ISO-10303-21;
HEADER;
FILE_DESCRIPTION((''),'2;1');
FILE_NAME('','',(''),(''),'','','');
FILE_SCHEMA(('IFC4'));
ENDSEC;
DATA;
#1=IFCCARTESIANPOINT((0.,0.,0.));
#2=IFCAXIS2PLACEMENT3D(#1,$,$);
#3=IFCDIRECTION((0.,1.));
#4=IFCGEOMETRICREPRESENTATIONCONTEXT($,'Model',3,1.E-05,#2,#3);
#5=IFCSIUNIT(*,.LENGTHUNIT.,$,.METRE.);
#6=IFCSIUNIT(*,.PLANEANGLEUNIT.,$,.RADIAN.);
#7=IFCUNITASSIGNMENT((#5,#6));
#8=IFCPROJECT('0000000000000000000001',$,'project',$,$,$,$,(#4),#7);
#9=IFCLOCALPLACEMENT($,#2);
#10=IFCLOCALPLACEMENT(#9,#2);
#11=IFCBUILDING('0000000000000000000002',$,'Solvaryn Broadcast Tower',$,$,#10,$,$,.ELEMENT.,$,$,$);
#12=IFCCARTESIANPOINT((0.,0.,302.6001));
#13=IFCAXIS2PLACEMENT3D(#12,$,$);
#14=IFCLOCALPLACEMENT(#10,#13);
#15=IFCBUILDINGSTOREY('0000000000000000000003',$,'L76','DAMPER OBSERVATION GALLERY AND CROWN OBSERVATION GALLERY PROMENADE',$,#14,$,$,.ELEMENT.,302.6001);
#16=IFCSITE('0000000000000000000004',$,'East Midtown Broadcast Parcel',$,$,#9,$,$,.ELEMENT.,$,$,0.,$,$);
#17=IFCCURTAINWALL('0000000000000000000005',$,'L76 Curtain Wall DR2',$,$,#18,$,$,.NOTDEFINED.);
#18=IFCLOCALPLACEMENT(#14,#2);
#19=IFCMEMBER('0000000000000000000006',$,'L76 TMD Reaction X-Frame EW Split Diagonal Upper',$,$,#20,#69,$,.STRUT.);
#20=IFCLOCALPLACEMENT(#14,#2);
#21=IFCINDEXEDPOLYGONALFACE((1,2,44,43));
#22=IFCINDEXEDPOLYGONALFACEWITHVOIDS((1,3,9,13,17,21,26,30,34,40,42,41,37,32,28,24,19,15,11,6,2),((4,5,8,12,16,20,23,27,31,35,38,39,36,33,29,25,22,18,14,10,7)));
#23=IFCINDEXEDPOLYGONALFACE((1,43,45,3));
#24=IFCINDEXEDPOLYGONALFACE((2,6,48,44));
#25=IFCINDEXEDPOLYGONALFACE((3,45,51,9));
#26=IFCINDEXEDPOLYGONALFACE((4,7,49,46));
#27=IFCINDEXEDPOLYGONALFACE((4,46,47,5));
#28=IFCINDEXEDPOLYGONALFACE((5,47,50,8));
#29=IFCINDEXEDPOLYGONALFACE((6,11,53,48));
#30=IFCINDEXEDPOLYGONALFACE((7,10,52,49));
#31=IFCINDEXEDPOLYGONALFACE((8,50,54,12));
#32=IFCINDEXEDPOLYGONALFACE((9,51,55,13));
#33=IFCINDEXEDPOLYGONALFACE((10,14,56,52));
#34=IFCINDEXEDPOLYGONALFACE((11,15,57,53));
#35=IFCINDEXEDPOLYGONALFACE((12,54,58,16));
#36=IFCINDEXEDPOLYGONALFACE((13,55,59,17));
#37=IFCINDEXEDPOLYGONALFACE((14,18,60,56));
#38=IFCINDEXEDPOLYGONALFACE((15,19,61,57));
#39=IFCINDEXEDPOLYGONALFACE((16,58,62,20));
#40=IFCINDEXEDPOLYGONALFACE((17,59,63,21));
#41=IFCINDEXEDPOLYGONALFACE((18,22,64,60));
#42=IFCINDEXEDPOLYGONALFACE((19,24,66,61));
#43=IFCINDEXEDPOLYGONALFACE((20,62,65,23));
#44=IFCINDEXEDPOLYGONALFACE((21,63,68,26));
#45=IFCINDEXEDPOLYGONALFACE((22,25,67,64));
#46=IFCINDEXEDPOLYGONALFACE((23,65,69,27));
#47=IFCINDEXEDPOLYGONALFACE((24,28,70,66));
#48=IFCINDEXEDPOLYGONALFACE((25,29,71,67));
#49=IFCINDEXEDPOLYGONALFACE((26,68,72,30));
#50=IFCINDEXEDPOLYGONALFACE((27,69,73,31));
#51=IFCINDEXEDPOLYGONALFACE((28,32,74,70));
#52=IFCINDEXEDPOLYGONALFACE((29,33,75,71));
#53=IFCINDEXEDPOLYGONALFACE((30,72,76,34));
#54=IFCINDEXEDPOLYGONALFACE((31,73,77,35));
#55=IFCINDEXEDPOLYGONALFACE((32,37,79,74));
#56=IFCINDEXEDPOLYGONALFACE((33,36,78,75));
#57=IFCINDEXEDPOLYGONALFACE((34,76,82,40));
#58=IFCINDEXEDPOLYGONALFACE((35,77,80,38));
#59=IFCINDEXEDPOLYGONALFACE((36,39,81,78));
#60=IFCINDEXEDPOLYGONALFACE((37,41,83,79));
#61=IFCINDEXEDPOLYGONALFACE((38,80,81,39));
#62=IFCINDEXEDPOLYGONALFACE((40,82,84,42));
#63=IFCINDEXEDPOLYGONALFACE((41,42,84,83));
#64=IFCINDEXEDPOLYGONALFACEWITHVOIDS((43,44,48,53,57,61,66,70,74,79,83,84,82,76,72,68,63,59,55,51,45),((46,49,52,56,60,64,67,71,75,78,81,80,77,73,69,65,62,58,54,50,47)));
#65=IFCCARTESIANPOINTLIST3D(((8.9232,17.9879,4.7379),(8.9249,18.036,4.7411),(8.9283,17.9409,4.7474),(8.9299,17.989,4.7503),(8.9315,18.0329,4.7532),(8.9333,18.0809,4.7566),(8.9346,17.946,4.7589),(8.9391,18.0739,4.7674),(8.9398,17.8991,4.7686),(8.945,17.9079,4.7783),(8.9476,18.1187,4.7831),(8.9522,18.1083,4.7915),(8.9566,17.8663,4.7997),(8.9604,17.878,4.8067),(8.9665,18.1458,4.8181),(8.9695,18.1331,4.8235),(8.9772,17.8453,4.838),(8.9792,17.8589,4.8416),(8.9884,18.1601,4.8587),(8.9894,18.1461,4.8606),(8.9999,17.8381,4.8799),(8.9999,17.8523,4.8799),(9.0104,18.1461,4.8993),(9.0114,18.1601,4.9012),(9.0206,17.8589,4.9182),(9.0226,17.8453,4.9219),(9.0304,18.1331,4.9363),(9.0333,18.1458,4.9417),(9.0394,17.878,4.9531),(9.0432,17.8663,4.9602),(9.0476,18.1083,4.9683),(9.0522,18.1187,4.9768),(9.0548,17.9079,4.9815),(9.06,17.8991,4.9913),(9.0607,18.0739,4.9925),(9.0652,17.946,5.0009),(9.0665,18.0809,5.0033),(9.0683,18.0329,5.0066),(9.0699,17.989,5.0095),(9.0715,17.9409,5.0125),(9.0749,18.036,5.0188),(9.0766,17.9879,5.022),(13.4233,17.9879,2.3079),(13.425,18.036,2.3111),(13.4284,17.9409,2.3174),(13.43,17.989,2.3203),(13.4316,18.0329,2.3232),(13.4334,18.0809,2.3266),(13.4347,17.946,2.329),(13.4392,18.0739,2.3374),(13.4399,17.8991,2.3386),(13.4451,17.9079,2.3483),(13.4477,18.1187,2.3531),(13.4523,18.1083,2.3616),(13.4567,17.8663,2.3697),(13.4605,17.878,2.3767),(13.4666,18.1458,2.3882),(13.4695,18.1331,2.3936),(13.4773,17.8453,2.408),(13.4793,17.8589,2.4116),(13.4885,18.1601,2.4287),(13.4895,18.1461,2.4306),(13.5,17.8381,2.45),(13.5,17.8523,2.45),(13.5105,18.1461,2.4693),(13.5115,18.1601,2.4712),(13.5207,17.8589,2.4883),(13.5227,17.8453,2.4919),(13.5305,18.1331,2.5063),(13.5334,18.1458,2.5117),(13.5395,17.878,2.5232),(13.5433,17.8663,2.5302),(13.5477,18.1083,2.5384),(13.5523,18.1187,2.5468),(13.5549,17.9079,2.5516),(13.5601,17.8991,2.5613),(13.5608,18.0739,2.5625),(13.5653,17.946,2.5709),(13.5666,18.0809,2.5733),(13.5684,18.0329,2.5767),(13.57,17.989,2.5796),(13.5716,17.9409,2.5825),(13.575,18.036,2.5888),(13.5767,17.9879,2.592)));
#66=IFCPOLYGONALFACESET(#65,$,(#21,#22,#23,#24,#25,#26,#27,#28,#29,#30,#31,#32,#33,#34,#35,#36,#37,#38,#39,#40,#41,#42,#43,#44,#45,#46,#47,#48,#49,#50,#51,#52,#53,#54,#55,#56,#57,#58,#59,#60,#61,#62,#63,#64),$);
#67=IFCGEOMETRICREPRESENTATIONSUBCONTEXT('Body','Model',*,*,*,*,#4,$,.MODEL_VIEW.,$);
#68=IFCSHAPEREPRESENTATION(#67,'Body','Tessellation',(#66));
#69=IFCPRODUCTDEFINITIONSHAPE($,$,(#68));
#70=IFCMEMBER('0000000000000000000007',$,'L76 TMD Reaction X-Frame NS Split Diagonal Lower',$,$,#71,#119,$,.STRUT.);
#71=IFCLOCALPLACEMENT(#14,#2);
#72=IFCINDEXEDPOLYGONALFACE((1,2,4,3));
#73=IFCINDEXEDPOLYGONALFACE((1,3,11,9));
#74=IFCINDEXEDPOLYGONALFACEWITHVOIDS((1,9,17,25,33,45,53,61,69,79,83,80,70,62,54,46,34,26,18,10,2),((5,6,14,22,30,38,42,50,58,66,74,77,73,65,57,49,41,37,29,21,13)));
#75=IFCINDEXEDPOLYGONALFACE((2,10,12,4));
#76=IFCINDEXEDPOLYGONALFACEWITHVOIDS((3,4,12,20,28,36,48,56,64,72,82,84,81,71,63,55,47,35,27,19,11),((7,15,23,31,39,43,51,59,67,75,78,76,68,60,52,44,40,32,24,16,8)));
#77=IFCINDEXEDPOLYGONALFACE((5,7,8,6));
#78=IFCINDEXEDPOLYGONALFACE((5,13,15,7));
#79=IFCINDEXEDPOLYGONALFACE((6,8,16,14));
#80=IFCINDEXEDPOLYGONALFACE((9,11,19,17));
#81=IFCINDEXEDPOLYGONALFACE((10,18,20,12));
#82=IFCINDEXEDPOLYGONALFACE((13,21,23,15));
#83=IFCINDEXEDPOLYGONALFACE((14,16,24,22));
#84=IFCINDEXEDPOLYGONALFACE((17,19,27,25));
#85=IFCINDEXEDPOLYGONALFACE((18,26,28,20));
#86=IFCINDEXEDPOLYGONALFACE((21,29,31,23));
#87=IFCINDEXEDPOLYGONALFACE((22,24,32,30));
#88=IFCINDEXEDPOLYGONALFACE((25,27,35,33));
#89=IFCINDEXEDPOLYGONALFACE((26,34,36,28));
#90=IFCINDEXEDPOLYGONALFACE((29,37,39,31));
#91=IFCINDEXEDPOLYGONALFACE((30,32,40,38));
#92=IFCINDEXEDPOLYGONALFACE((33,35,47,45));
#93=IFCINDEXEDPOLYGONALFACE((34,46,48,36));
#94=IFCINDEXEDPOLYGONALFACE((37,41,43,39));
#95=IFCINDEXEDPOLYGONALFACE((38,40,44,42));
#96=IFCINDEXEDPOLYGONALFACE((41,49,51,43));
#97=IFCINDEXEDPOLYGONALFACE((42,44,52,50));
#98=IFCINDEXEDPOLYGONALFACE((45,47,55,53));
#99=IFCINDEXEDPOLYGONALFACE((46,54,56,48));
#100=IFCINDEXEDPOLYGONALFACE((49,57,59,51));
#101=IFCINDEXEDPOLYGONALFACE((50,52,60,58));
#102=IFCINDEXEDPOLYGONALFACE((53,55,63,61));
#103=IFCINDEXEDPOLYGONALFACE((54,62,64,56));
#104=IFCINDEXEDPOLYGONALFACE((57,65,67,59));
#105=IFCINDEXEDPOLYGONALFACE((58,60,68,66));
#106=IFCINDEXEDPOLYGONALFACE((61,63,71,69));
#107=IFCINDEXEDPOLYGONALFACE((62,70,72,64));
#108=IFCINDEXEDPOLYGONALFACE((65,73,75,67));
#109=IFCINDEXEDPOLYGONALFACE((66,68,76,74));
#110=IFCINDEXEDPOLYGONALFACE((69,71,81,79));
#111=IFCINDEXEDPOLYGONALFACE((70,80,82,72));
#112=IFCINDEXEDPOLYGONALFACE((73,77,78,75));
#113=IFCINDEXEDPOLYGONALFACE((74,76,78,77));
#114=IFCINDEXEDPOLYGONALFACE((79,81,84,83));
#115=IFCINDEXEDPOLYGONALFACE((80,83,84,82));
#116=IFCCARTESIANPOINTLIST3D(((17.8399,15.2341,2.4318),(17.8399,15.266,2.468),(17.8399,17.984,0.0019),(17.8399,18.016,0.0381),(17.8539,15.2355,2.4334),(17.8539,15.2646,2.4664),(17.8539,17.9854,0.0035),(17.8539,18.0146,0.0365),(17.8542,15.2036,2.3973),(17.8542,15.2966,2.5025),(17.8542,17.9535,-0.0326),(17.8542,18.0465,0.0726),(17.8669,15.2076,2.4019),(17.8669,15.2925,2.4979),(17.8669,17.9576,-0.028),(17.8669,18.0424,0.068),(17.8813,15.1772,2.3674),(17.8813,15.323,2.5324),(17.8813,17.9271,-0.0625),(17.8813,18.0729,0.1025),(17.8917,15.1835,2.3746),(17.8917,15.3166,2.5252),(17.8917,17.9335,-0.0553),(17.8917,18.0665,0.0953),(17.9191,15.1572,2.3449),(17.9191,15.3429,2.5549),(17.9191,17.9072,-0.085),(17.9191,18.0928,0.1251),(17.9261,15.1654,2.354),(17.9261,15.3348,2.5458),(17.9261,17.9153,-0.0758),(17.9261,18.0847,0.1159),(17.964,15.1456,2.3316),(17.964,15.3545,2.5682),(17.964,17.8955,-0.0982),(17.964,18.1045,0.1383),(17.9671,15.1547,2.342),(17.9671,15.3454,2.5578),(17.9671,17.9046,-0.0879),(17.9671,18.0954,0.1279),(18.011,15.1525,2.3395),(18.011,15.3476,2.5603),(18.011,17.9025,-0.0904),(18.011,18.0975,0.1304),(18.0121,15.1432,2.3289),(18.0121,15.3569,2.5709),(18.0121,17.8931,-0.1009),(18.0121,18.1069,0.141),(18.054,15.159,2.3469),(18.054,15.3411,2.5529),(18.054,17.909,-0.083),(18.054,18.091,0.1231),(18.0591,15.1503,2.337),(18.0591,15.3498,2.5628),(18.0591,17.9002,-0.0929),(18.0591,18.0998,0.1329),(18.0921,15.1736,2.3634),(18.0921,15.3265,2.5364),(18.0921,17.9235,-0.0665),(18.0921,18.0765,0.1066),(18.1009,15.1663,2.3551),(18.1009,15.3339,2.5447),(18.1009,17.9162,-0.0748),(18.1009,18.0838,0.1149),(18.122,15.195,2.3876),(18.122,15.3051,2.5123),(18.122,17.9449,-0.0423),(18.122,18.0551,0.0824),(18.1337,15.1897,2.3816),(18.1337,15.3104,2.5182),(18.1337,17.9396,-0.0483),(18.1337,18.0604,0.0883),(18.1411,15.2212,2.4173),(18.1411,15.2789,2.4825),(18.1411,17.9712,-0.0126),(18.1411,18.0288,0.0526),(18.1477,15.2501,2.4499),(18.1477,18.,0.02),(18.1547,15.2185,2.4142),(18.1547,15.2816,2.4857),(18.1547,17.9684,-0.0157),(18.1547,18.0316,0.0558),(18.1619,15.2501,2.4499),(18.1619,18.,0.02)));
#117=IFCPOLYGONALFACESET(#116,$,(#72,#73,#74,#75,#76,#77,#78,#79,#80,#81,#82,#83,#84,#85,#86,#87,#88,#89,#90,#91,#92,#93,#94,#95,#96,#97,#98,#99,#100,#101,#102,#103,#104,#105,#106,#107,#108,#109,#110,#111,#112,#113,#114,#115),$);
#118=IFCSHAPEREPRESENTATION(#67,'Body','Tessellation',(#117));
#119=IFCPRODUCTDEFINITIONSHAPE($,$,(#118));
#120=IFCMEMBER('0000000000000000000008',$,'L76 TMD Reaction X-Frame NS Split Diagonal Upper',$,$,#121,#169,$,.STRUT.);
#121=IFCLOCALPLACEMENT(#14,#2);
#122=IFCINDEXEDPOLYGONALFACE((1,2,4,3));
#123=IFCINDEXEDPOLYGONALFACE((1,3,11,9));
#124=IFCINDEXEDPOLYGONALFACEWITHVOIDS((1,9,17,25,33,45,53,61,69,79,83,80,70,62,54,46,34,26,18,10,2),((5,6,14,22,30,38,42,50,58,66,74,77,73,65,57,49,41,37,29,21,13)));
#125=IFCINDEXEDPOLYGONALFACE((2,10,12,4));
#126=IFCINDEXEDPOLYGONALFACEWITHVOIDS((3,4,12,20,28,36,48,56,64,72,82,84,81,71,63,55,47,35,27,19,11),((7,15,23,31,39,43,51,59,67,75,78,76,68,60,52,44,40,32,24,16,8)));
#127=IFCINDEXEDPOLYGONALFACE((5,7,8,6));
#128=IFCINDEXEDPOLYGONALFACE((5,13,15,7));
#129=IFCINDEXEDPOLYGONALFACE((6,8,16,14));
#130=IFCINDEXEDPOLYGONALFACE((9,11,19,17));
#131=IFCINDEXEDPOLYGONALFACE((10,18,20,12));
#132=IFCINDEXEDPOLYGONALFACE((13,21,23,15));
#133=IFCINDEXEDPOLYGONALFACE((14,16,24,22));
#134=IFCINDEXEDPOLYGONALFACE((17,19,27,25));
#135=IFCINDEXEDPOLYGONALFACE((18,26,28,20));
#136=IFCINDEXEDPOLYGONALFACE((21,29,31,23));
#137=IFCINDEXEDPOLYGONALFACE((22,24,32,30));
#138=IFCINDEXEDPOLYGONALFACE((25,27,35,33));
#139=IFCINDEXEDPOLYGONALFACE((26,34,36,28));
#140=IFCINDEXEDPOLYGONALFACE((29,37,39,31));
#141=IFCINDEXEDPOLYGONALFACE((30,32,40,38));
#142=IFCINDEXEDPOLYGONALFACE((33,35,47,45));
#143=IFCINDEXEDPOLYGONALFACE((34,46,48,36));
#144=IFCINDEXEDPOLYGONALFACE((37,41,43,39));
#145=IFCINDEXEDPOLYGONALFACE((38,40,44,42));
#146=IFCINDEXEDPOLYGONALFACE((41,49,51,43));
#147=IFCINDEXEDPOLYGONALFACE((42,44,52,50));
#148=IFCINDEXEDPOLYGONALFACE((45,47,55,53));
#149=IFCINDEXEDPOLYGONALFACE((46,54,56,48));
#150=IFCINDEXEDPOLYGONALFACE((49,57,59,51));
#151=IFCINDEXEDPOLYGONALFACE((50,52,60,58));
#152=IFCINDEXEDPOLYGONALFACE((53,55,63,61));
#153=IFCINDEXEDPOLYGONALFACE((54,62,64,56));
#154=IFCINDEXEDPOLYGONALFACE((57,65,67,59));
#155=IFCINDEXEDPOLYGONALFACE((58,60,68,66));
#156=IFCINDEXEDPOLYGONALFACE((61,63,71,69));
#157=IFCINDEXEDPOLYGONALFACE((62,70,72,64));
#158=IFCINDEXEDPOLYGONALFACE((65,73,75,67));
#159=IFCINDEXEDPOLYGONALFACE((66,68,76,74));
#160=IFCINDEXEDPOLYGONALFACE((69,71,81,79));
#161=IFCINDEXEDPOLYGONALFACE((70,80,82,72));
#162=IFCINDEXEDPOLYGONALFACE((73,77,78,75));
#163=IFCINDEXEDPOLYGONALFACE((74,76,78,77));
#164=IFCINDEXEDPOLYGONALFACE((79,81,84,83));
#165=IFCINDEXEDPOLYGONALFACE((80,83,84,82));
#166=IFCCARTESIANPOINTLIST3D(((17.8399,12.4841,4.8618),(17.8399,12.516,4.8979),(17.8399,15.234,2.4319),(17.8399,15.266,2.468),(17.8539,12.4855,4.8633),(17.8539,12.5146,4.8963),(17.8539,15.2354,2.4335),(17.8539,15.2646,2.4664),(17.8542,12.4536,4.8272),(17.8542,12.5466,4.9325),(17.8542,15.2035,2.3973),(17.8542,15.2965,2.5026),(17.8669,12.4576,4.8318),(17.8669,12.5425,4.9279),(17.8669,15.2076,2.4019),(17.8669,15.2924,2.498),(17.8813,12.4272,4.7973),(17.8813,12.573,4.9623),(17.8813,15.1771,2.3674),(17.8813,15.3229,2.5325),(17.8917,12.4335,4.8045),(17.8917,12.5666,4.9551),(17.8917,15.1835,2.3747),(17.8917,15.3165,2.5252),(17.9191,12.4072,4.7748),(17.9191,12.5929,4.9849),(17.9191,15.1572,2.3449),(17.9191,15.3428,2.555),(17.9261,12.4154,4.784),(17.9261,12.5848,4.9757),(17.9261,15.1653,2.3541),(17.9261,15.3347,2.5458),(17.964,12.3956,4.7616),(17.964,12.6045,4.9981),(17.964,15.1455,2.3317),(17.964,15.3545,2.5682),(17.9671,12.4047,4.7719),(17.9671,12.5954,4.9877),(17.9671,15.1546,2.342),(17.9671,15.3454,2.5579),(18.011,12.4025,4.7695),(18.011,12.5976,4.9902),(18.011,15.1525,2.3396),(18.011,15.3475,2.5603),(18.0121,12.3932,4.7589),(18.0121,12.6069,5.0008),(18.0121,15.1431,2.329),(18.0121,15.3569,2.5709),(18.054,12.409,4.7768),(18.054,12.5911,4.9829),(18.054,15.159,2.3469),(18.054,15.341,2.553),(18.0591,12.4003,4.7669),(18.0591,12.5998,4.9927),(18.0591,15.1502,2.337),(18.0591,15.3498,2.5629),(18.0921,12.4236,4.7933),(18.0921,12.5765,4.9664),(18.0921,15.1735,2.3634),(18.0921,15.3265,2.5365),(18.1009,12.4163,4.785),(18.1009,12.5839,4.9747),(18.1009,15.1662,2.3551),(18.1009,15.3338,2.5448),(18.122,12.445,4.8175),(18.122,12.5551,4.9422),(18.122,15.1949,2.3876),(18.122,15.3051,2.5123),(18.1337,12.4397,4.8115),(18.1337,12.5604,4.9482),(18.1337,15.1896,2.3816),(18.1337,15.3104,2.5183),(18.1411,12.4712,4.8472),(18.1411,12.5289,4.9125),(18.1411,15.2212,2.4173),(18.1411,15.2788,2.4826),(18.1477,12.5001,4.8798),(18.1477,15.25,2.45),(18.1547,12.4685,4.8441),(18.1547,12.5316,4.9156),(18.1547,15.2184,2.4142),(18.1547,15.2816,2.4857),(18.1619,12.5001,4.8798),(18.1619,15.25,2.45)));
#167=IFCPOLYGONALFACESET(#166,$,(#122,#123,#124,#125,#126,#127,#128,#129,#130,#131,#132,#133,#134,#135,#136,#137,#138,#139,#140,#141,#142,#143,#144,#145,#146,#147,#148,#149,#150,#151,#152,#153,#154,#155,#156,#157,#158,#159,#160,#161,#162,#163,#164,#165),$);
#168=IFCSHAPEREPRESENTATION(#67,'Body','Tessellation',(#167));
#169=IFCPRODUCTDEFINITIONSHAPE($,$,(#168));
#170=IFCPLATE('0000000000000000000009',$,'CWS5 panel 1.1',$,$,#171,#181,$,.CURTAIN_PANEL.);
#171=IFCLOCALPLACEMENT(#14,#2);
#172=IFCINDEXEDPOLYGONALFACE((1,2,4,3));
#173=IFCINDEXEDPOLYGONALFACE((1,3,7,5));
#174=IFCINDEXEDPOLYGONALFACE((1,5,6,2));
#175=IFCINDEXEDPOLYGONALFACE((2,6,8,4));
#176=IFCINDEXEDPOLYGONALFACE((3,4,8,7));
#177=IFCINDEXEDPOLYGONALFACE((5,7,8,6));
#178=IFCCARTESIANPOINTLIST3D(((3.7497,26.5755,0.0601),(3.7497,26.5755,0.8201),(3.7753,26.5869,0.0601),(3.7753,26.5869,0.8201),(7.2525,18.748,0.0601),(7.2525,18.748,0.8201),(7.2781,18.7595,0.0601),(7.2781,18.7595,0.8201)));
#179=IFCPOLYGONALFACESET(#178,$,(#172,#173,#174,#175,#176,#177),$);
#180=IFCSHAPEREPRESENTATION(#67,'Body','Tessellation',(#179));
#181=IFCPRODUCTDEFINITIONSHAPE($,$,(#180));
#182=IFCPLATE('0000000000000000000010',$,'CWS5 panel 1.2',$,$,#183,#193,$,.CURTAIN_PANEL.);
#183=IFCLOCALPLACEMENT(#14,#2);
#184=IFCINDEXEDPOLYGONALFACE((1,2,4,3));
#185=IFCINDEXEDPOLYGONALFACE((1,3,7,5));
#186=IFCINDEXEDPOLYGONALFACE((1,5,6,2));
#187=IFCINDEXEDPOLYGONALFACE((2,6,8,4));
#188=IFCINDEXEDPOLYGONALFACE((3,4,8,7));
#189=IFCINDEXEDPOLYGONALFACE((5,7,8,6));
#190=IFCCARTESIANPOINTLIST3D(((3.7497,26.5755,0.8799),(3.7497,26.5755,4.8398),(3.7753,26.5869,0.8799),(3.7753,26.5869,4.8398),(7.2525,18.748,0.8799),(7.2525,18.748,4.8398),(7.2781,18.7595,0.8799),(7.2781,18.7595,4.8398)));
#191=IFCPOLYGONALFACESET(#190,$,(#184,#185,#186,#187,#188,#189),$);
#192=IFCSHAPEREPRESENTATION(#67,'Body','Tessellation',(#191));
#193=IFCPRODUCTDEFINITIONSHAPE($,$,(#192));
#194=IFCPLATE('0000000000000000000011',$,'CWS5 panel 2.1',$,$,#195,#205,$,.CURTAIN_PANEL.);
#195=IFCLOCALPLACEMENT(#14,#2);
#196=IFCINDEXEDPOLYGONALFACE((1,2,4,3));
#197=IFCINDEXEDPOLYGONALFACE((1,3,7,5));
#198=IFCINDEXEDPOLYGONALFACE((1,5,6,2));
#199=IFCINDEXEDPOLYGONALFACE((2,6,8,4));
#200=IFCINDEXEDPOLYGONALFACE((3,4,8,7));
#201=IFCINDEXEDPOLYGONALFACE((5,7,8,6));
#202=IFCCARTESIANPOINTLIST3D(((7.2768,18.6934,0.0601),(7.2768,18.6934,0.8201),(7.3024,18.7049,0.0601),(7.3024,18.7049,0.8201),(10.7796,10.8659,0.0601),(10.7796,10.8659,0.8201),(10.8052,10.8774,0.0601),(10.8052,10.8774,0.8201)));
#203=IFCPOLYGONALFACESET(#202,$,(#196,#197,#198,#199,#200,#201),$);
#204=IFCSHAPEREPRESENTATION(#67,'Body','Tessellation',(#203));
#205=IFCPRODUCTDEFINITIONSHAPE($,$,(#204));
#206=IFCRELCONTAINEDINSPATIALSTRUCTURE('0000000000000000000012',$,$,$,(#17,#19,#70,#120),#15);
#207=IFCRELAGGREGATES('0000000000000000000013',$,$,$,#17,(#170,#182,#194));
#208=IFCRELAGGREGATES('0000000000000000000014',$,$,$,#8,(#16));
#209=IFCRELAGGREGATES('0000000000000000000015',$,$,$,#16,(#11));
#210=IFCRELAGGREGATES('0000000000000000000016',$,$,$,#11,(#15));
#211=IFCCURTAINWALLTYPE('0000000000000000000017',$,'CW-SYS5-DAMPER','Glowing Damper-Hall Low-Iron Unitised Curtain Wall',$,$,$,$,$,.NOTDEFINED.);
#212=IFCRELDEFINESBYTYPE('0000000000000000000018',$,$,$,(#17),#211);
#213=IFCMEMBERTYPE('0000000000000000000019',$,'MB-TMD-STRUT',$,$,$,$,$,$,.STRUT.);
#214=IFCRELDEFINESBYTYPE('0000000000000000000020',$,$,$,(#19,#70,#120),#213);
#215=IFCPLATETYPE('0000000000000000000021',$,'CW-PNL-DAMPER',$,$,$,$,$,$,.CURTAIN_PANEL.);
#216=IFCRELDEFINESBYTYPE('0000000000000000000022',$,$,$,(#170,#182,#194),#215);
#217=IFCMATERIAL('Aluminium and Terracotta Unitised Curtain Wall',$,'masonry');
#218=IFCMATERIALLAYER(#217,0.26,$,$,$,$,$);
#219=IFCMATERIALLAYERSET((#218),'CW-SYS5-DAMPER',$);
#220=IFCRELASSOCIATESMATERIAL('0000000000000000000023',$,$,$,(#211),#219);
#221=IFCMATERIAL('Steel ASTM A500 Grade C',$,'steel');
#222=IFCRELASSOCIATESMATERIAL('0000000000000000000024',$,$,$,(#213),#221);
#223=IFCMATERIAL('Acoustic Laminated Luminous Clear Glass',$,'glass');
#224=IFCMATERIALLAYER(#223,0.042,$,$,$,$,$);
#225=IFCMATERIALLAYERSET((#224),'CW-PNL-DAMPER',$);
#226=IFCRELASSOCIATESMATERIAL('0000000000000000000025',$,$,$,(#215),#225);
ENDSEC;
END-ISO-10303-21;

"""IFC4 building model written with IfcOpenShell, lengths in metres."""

from ifc_helpers import new_model, si_unit, direction, frame, origin, origin_2d, place, context, subcontext, project, spatial, rectangle, hollow_circle, extrude, material, layer, layer_set, material_profile, profile_set, type_object, element, aggregate, save


model = new_model("IFC4")

# Units and contexts
model_context = context("Model", 3, precision=1e-05, world=origin(), true_north=direction((0.0, 1.0)))
body_context = subcontext(model_context, "Body", "Model", "MODEL_VIEW")
ifc_project = project(units=[si_unit("LENGTHUNIT", "METRE"), si_unit("PLANEANGLEUNIT", "RADIAN")], contexts=[model_context])

# Site, building, storey
site_placement = place(None, origin())
site = spatial("IfcSite", under=ifc_project, at=site_placement, Name="East Midtown Broadcast Parcel", CompositionType="ELEMENT", RefElevation=0.0)
building_placement = place(site_placement, origin())
building = spatial("IfcBuilding", under=site, at=building_placement, Name="Solvaryn Broadcast Tower", CompositionType="ELEMENT")
storey_placement = place(building_placement, frame((0.0, 0.0, 302.6001)))
storey = spatial("IfcBuildingStorey", under=building, at=storey_placement, Name="L76", Description="DAMPER OBSERVATION GALLERY AND CROWN OBSERVATION GALLERY PROMENADE", CompositionType="ELEMENT", Elevation=302.6001)

# Curtain wall
ifc_material_1 = material(Name="Aluminium and Terracotta Unitised Curtain Wall", Category="masonry")
ifc_layer_1 = layer(ifc_material_1, 0.26)
ifc_layer_set_1 = layer_set([ifc_layer_1], Name="CW-SYS5-DAMPER")
curtain_wall_type = type_object("IfcCurtainWallType", Name="CW-SYS5-DAMPER", Description="Glowing Damper-Hall Low-Iron Unitised Curtain Wall", PredefinedType="NOTDEFINED", material=ifc_layer_set_1)
curtain_wall_placement = place(storey_placement, origin())
curtain_wall = element("IfcCurtainWall", 1, at=curtain_wall_placement, inside=storey, type_object=curtain_wall_type, Name="L76 Curtain Wall DR2", PredefinedType="NOTDEFINED")

# Members
ifc_material_2 = material(Name="Steel ASTM A500 Grade C", Category="steel")
ifc_material_profile_1 = material_profile(ifc_material_2, hollow_circle(Radius=0.1619, WallThickness=0.0142, at=origin_2d()))
ifc_profile_set_1 = profile_set([ifc_material_profile_1], Name="Steel ASTM A500 Grade C")
member_type_1 = type_object("IfcMemberType", Name="MB-TMD-STRUT", PredefinedType="STRUT", material=ifc_profile_set_1)
for number, where, z_axis, x_axis, name in (
    (2, (13.5, 18.0, 2.45), (-0.879911, 0.0, 0.475139), (0.0, -1.0, 0.0), "L76 TMD Reaction X-Frame EW Split Diagonal Upper"),
):
    element("IfcMember", number, at=place(storey_placement, frame(where, z_axis=z_axis, x_axis=x_axis)), inside=storey, type_object=member_type_1, Name=name, PredefinedType="STRUT", context=body_context, shape_type="SweptSolid", body=[
        extrude(hollow_circle(Radius=0.1619, WallThickness=0.0142, at=origin_2d()), origin(), (0.0, 0.0, 1.0), 5.1143),
    ])
for number, where, z_axis, x_axis, name in (
    (3, (18.0, 18.0, 0.02), (0.0, -0.74937, 0.662152), (1.0, 0.0, 0.0), "L76 TMD Reaction X-Frame NS Split Diagonal Lower"),
    (4, (18.0, 15.25, 2.45), (0.0, -0.74937, 0.662152), (1.0, 0.0, 0.0), "L76 TMD Reaction X-Frame NS Split Diagonal Upper"),
):
    element("IfcMember", number, at=place(storey_placement, frame(where, z_axis=z_axis, x_axis=x_axis)), inside=storey, type_object=member_type_1, Name=name, PredefinedType="STRUT", context=body_context, shape_type="SweptSolid", body=[
        extrude(hollow_circle(Radius=0.1619, WallThickness=0.0142, at=origin_2d()), origin(), (0.0, 0.0, 1.0), 3.6697),
    ])

# Plates
ifc_material_3 = material(Name="Acoustic Laminated Luminous Clear Glass", Category="glass")
ifc_layer_2 = layer(ifc_material_3, 0.042)
ifc_layer_set_2 = layer_set([ifc_layer_2], Name="CW-PNL-DAMPER")
plate_type_1 = type_object("IfcPlateType", Name="CW-PNL-DAMPER", PredefinedType="CURTAIN_PANEL", material=ifc_layer_set_2)
plate_1_placement = place(storey_placement, frame((5.5139, 22.6675, 0.0601), z_axis=(0.0, 0.0, 1.0), x_axis=(0.408466, -0.912774, 0.0)))
plate_1 = element("IfcPlate", 5, at=plate_1_placement, type_object=plate_type_1, Name="CWS5 panel 1.1", PredefinedType="CURTAIN_PANEL", context=body_context, shape_type="SweptSolid", body=[
    extrude(rectangle(XDim=8.5754, YDim=0.0281, at=origin_2d()), origin(), (0.0, 0.0, 1.0), 0.76),
])
plate_2_placement = place(storey_placement, frame((5.5139, 22.6675, 0.8799), z_axis=(0.0, 0.0, 1.0), x_axis=(0.408466, -0.912774, 0.0)))
plate_2 = element("IfcPlate", 6, at=plate_2_placement, type_object=plate_type_1, Name="CWS5 panel 1.2", PredefinedType="CURTAIN_PANEL", context=body_context, shape_type="SweptSolid", body=[
    extrude(rectangle(XDim=8.5754, YDim=0.0281, at=origin_2d()), origin(), (0.0, 0.0, 1.0), 3.96),
])
plate_3_placement = place(storey_placement, frame((9.041, 14.7854, 0.0601), z_axis=(0.0, 0.0, 1.0), x_axis=(0.408466, -0.912774, 0.0)))
plate_3 = element("IfcPlate", 7, at=plate_3_placement, type_object=plate_type_1, Name="CWS5 panel 2.1", PredefinedType="CURTAIN_PANEL", context=body_context, shape_type="SweptSolid", body=[
    extrude(rectangle(XDim=8.5754, YDim=0.0281, at=origin_2d()), origin(), (0.0, 0.0, 1.0), 0.76),
])
aggregate(curtain_wall, [plate_1, plate_2, plate_3])

save(model, "model.ifc")
